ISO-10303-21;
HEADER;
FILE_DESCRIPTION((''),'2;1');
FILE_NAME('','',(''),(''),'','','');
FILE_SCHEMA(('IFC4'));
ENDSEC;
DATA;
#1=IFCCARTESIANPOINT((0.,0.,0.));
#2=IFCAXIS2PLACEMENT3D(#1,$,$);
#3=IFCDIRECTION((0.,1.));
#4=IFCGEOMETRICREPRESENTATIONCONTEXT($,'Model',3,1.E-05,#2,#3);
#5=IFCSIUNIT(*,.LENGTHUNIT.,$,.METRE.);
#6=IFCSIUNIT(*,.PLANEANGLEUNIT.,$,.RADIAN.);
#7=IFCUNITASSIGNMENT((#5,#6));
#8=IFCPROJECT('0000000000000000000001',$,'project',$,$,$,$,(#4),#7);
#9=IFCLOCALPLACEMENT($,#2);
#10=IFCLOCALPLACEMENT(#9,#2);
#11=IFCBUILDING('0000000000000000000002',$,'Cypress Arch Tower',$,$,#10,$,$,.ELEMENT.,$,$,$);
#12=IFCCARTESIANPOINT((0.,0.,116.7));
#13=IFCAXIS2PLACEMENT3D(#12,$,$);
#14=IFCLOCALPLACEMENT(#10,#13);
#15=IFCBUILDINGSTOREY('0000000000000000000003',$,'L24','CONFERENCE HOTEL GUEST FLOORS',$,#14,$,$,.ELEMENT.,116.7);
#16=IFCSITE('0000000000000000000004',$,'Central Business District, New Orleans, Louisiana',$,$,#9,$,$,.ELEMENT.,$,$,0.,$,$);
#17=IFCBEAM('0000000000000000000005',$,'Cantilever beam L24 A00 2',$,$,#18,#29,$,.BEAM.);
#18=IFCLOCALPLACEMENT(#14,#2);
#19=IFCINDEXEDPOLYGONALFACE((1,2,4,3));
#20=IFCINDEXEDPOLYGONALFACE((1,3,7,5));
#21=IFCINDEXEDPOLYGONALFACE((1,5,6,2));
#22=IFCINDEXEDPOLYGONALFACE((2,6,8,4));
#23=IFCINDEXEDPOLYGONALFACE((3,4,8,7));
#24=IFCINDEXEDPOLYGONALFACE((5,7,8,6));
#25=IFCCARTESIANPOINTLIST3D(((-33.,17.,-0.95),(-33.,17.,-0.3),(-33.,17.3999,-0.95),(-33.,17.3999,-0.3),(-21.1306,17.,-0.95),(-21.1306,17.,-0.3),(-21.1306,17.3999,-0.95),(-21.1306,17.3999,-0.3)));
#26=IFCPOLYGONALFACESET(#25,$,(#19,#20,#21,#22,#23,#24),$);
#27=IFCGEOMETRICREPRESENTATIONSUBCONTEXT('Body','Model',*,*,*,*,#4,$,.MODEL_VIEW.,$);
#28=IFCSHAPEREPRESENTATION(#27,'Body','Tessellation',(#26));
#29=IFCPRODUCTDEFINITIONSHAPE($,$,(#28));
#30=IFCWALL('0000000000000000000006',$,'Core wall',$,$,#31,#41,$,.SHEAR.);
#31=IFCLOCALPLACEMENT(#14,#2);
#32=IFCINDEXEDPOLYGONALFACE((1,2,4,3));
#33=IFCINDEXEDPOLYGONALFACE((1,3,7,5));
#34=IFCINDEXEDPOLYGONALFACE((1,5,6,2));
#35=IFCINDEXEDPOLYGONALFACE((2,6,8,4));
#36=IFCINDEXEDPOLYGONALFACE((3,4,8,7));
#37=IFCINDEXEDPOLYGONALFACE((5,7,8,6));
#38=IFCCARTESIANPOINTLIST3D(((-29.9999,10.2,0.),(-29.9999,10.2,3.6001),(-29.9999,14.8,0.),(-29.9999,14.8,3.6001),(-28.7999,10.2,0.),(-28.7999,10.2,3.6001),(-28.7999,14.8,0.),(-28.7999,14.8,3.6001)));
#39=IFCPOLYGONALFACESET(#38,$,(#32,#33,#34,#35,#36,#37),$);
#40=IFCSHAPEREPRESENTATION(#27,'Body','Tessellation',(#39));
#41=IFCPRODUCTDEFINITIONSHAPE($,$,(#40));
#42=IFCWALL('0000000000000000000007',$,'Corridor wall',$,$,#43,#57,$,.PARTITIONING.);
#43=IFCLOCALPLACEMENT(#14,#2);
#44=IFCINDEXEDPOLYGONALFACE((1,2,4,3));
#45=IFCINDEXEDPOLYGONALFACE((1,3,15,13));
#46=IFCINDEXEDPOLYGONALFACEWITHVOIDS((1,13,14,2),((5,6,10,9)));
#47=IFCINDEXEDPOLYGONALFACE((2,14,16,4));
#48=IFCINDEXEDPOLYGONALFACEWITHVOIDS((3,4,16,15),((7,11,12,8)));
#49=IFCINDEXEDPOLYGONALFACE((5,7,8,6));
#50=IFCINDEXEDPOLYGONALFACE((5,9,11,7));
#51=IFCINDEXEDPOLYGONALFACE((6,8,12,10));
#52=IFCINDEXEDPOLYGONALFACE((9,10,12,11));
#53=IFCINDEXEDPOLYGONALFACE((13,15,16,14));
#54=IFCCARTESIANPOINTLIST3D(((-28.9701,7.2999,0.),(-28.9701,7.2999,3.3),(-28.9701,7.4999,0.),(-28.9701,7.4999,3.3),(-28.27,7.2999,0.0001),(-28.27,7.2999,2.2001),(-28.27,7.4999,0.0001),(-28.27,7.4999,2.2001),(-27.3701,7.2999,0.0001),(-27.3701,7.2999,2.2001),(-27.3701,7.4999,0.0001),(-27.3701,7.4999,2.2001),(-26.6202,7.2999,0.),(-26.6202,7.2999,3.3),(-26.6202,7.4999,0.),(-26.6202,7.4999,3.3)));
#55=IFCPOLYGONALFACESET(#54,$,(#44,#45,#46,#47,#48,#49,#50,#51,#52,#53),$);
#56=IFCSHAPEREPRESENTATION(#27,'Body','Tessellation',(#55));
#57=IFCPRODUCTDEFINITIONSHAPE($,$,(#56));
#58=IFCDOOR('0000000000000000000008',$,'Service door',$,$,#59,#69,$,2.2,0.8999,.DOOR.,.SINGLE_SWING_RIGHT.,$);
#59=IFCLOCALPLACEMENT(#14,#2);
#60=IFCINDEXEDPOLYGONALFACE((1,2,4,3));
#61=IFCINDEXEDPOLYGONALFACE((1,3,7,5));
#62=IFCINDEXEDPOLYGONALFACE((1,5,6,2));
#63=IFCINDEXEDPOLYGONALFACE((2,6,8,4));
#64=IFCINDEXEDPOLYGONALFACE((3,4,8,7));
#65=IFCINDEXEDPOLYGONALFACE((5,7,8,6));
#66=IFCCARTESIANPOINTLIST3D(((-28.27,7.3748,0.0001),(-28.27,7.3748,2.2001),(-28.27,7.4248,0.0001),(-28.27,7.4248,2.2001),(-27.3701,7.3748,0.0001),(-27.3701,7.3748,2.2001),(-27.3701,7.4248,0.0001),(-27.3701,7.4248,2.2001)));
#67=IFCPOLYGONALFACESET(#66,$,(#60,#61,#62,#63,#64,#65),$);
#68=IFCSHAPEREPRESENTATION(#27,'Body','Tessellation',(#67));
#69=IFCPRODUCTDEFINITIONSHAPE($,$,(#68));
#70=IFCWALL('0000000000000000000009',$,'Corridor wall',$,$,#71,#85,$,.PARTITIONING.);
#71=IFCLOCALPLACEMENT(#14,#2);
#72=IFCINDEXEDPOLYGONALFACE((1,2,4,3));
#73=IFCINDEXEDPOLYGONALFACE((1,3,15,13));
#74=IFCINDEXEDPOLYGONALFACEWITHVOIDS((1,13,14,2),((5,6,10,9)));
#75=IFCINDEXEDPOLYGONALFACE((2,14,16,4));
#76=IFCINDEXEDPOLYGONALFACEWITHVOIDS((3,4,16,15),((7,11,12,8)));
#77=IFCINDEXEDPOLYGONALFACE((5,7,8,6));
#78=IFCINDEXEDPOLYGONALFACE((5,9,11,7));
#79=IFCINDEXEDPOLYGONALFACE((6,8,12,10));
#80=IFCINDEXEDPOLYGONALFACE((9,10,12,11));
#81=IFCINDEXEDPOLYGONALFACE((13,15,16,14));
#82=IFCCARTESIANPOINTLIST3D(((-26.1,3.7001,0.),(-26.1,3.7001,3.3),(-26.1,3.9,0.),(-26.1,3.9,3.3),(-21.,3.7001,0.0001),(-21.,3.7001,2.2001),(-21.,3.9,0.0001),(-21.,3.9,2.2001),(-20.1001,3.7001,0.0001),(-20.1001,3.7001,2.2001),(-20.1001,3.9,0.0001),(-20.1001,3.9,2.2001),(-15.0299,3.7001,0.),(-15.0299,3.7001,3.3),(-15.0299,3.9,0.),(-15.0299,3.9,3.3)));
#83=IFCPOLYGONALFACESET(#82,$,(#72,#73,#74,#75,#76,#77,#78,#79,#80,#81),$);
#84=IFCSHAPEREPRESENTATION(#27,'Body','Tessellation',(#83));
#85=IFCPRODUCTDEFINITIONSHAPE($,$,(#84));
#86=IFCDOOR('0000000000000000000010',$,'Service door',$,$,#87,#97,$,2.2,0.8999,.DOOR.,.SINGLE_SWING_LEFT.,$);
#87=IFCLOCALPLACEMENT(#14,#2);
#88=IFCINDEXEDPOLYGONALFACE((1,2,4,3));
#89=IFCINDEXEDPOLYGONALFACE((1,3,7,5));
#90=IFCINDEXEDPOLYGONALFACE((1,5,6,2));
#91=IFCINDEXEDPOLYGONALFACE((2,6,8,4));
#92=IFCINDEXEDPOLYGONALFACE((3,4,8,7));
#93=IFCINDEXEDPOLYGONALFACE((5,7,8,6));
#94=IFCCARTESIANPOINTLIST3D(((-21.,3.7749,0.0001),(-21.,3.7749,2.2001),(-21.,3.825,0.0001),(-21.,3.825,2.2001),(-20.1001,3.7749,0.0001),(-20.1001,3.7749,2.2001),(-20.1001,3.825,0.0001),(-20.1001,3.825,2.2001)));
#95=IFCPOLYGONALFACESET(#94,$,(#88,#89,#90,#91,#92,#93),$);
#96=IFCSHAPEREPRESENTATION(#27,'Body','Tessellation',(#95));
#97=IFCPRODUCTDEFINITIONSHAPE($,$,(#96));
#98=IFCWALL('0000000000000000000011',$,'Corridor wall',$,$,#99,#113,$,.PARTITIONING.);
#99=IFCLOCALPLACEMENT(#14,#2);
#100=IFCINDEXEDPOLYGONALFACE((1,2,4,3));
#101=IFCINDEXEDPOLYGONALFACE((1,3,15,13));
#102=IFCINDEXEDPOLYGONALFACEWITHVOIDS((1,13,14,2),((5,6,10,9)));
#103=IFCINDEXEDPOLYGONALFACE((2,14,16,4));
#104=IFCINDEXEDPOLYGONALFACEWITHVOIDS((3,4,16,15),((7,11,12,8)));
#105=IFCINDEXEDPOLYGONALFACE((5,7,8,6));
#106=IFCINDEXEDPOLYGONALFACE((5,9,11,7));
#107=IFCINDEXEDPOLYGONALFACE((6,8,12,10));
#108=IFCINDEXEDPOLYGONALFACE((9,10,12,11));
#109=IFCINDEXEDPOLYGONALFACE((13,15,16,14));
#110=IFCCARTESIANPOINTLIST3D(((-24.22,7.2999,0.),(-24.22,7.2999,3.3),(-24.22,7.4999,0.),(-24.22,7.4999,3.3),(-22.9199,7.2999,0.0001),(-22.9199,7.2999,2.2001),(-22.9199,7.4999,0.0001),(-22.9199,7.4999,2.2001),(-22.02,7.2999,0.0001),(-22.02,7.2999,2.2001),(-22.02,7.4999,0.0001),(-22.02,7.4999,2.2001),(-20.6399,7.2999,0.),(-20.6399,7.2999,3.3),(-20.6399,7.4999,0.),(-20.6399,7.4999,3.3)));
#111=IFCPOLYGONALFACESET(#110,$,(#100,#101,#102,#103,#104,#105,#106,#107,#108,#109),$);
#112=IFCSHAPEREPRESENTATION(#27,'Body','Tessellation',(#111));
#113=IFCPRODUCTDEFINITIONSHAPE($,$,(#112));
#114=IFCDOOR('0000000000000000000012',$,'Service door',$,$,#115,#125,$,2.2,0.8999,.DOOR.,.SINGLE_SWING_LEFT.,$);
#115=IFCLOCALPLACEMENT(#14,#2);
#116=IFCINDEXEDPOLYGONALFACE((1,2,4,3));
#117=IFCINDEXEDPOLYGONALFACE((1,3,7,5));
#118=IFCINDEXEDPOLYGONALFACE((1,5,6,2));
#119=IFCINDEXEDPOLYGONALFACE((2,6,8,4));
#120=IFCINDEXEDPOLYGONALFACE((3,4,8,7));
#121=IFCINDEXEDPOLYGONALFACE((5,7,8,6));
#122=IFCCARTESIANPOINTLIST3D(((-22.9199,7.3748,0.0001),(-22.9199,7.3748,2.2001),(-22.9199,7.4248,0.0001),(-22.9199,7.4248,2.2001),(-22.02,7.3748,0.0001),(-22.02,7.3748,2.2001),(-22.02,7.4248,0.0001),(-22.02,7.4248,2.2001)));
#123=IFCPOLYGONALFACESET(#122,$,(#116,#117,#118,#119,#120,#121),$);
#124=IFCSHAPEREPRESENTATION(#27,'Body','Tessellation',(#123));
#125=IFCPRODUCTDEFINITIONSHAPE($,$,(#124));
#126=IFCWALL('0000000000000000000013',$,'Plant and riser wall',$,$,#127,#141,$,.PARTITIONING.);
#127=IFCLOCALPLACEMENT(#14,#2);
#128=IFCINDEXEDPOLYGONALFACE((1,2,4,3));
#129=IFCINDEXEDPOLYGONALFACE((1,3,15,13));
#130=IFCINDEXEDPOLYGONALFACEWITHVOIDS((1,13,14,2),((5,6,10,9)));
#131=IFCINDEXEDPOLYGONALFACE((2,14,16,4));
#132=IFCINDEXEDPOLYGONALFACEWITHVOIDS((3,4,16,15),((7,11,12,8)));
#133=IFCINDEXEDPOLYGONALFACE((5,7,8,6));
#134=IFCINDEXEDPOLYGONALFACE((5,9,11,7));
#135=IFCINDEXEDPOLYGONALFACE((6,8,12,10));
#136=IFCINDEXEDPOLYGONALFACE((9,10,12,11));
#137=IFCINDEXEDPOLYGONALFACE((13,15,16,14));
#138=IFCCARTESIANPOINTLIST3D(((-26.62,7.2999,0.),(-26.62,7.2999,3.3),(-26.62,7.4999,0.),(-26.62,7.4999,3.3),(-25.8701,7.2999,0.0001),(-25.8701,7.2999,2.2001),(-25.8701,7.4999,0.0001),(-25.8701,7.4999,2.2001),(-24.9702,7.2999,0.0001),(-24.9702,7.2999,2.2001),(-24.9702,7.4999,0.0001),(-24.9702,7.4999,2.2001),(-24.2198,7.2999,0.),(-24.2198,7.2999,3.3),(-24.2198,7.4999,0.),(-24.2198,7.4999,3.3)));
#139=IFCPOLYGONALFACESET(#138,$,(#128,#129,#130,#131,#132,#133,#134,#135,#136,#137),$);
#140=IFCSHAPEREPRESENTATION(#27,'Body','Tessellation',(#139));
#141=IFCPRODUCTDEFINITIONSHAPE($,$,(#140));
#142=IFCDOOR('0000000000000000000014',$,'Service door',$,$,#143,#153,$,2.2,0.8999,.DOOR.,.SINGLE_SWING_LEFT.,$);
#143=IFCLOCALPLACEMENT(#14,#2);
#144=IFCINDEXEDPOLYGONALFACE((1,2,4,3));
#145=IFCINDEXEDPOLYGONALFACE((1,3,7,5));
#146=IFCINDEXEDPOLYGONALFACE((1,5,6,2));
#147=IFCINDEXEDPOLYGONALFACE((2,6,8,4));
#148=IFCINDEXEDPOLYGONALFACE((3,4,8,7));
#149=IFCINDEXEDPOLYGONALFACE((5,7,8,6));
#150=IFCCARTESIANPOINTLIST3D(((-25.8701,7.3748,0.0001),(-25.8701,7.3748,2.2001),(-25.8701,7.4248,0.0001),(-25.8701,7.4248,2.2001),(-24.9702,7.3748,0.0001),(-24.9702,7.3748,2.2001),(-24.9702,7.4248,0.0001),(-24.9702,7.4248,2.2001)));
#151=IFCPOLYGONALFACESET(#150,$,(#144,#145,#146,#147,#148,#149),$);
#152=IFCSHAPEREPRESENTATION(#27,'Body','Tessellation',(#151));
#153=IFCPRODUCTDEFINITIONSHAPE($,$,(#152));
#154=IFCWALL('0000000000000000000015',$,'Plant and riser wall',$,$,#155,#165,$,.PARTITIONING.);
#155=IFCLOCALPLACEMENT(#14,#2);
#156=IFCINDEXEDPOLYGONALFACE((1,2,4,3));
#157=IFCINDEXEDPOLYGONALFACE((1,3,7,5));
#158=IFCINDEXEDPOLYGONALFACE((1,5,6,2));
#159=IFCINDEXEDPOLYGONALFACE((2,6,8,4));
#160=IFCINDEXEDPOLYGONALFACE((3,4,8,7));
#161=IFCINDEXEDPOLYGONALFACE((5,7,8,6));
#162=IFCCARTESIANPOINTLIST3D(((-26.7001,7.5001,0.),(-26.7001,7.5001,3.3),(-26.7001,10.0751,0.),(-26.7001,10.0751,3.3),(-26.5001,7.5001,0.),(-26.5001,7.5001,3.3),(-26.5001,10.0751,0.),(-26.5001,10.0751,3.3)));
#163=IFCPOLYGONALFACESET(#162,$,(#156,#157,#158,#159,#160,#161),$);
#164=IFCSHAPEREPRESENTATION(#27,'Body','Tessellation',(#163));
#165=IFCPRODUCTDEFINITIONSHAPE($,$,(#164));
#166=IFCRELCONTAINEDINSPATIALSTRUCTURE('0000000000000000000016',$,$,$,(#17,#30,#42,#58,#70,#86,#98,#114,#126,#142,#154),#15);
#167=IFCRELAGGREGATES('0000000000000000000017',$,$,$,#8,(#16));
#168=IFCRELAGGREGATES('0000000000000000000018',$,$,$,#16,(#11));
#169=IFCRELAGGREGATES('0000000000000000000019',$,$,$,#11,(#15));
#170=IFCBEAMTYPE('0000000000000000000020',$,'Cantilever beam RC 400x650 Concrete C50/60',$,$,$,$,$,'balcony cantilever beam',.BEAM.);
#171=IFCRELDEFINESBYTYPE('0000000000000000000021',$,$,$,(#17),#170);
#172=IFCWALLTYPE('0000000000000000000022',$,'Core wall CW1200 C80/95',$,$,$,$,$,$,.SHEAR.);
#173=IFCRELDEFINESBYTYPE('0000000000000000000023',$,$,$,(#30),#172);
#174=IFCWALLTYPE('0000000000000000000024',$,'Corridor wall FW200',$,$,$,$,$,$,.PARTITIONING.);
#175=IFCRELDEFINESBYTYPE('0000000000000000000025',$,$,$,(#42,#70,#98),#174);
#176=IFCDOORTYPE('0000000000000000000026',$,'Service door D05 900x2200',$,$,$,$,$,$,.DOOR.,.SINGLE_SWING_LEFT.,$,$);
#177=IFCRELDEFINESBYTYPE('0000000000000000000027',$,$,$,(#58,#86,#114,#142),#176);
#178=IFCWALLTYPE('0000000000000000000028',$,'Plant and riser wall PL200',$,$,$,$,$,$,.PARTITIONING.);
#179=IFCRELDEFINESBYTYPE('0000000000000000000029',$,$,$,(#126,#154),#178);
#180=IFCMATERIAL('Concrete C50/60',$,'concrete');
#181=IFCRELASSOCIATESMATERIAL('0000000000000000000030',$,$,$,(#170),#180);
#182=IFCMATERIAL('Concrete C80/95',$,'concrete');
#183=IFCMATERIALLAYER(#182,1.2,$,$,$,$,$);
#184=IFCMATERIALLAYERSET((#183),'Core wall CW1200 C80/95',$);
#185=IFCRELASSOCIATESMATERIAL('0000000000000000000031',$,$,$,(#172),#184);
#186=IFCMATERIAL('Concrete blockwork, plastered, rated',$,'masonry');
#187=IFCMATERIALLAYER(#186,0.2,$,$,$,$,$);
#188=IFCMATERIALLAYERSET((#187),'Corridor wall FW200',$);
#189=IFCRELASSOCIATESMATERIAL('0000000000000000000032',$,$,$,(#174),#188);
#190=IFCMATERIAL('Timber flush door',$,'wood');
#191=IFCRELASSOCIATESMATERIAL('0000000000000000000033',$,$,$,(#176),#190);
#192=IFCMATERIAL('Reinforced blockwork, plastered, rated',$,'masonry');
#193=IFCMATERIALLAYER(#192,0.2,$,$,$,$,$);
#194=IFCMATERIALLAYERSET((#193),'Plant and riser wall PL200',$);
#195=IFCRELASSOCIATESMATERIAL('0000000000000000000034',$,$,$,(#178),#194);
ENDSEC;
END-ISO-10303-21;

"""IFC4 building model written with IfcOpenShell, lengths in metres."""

from ifc_helpers import new_model, si_unit, direction, frame, frame_2d, origin, origin_2d, place, context, subcontext, project, spatial, rectangle, extrude, material, layer, layer_set, material_profile, profile_set, type_object, element, fill, save


model = new_model("IFC4")

# Units and contexts
model_context = context("Model", 3, precision=1e-05, world=origin(), true_north=direction((0.0, 1.0)))
body_context = subcontext(model_context, "Body", "Model", "MODEL_VIEW")
ifc_project = project(units=[si_unit("LENGTHUNIT", "METRE"), si_unit("PLANEANGLEUNIT", "RADIAN")], contexts=[model_context])

# Site, building, storey
site_placement = place(None, origin())
site = spatial("IfcSite", under=ifc_project, at=site_placement, Name="Central Business District, New Orleans, Louisiana", CompositionType="ELEMENT", RefElevation=0.0)
building_placement = place(site_placement, origin())
building = spatial("IfcBuilding", under=site, at=building_placement, Name="Cypress Arch Tower", CompositionType="ELEMENT")
storey_placement = place(building_placement, frame((0.0, 0.0, 116.7)))
storey = spatial("IfcBuildingStorey", under=building, at=storey_placement, Name="L24", Description="CONFERENCE HOTEL GUEST FLOORS", CompositionType="ELEMENT", Elevation=116.7)

# Beam
ifc_material_1 = material(Name="Concrete C50/60", Category="concrete")
ifc_material_profile = material_profile(ifc_material_1, rectangle(XDim=0.3999, YDim=0.6499, at=origin_2d()), Name="RC 400x650")
ifc_profile_set = profile_set([ifc_material_profile], Name="Concrete C50/60")
beam_type = type_object("IfcBeamType", Name="Cantilever beam RC 400x650 Concrete C50/60", ElementType="balcony cantilever beam", PredefinedType="BEAM", material=ifc_profile_set)
beam_placement = place(storey_placement, frame((-21.1306, 17.2, -0.625), z_axis=(-1.0, 0.0, 0.0), x_axis=(0.0, -1.0, 0.0)))
element("IfcBeam", 1, at=beam_placement, inside=storey, type_object=beam_type, Name="Cantilever beam L24 A00 2", PredefinedType="BEAM", context=body_context, shape_type="SweptSolid", body=[
    extrude(rectangle(XDim=0.3999, YDim=0.6499, at=origin_2d()), origin(), (0.0, 0.0, 1.0), 11.8694),
])

# Shared definitions
ifc_material_2 = material(Name="Concrete C80/95", Category="concrete")
ifc_layer_1 = layer(ifc_material_2, 1.2)
ifc_layer_set_1 = layer_set([ifc_layer_1], Name="Core wall CW1200 C80/95")
wall_type_1 = type_object("IfcWallType", Name="Core wall CW1200 C80/95", PredefinedType="SHEAR", material=ifc_layer_set_1)

# Wall
wall_1_placement = place(storey_placement, frame((-29.3999, 10.2, 0.0), z_axis=(0.0, 0.0, 1.0), x_axis=(0.0, 1.0, 0.0)))
element("IfcWall", 2, at=wall_1_placement, inside=storey, type_object=wall_type_1, Name="Core wall", PredefinedType="SHEAR", context=body_context, shape_type="SweptSolid", body=[
    extrude(rectangle(XDim=4.6001, YDim=1.2, at=frame_2d((2.3, 0.0))), origin(), (0.0, 0.0, 1.0), 3.6001),
])

# Walls, openings, doors
ifc_material_3 = material(Name="Concrete blockwork, plastered, rated", Category="masonry")
ifc_layer_2 = layer(ifc_material_3, 0.2)
ifc_layer_set_2 = layer_set([ifc_layer_2], Name="Corridor wall FW200")
wall_type_2 = type_object("IfcWallType", Name="Corridor wall FW200", PredefinedType="PARTITIONING", material=ifc_layer_set_2)
wall_2_placement = place(storey_placement, frame((-28.97, 7.3999, 0.0), z_axis=(0.0, 0.0, 1.0), x_axis=(1.0, 0.0, 0.0)))
wall_2 = element("IfcWall", 3, at=wall_2_placement, inside=storey, type_object=wall_type_2, Name="Corridor wall", PredefinedType="PARTITIONING", context=body_context, shape_type="SweptSolid", body=[
    extrude(rectangle(XDim=2.3499, YDim=0.2, at=frame_2d((1.1748, 0.0))), origin(), (0.0, 0.0, 1.0), 3.3),
])
opening_1_placement = place(wall_2_placement, frame((0.7, 0.0, 0.0)))
opening_1 = element("IfcOpeningElement", 4, at=opening_1_placement, cuts=wall_2, PredefinedType="OPENING", context=body_context, shape_type="SweptSolid", body=[
    extrude(rectangle(XDim=0.8999, YDim=2.2, at=frame_2d((0.45, 1.1001))), frame((0.0, 0.1099, 0.0), z_axis=(0.0, -1.0, 0.0), x_axis=(1.0, 0.0, 0.0)), (0.0, 0.0, 1.0), 0.22),
])
ifc_material_4 = material(Name="Timber flush door", Category="wood")
door_type_1 = type_object("IfcDoorType", Name="Service door D05 900x2200", OperationType="SINGLE_SWING_LEFT", PredefinedType="DOOR", material=ifc_material_4)
door_1_placement = place(opening_1_placement, origin())
door_1 = element("IfcDoor", 5, at=door_1_placement, inside=storey, type_object=door_type_1, Name="Service door", OperationType="SINGLE_SWING_RIGHT", OverallHeight=2.2, OverallWidth=0.8999, PredefinedType="DOOR", context=body_context, shape_type="SweptSolid", body=[
    extrude(rectangle(XDim=0.8999, YDim=2.2, at=frame_2d((0.45, 1.1001))), frame((0.0, 0.0249, 0.0), z_axis=(0.0, -1.0, 0.0), x_axis=(1.0, 0.0, 0.0)), (0.0, 0.0, 1.0), 0.05),
])
fill(opening_1, door_1)
wall_3_placement = place(storey_placement, frame((-26.1001, 3.8, 0.0), z_axis=(0.0, 0.0, 1.0), x_axis=(1.0, 0.0, 0.0)))
wall_3 = element("IfcWall", 6, at=wall_3_placement, inside=storey, type_object=wall_type_2, Name="Corridor wall", PredefinedType="PARTITIONING", context=body_context, shape_type="SweptSolid", body=[
    extrude(rectangle(XDim=11.0701, YDim=0.2, at=frame_2d((5.5352, 0.0))), origin(), (0.0, 0.0, 1.0), 3.3),
])
opening_2_placement = place(wall_3_placement, frame((5.1001, 0.0, 0.0)))
opening_2 = element("IfcOpeningElement", 7, at=opening_2_placement, cuts=wall_3, PredefinedType="OPENING", context=body_context, shape_type="SweptSolid", body=[
    extrude(rectangle(XDim=0.8999, YDim=2.2, at=frame_2d((0.45, 1.1001))), frame((0.0, 0.1099, 0.0), z_axis=(0.0, -1.0, 0.0), x_axis=(1.0, 0.0, 0.0)), (0.0, 0.0, 1.0), 0.22),
])
door_2_placement = place(opening_2_placement, origin())
door_2 = element("IfcDoor", 8, at=door_2_placement, inside=storey, type_object=door_type_1, Name="Service door", OperationType="SINGLE_SWING_LEFT", OverallHeight=2.2, OverallWidth=0.8999, PredefinedType="DOOR", context=body_context, shape_type="SweptSolid", body=[
    extrude(rectangle(XDim=0.8999, YDim=2.2, at=frame_2d((0.45, 1.1001))), frame((0.0, 0.0249, 0.0), z_axis=(0.0, -1.0, 0.0), x_axis=(1.0, 0.0, 0.0)), (0.0, 0.0, 1.0), 0.05),
])
fill(opening_2, door_2)
wall_4_placement = place(storey_placement, frame((-24.22, 7.3999, 0.0), z_axis=(0.0, 0.0, 1.0), x_axis=(1.0, 0.0, 0.0)))
wall_4 = element("IfcWall", 9, at=wall_4_placement, inside=storey, type_object=wall_type_2, Name="Corridor wall", PredefinedType="PARTITIONING", context=body_context, shape_type="SweptSolid", body=[
    extrude(rectangle(XDim=3.5801, YDim=0.2, at=frame_2d((1.79, 0.0))), origin(), (0.0, 0.0, 1.0), 3.3),
])
opening_3_placement = place(wall_4_placement, frame((1.3, 0.0, 0.0)))
opening_3 = element("IfcOpeningElement", 10, at=opening_3_placement, cuts=wall_4, PredefinedType="OPENING", context=body_context, shape_type="SweptSolid", body=[
    extrude(rectangle(XDim=0.8999, YDim=2.2, at=frame_2d((0.45, 1.1001))), frame((0.0, 0.1099, 0.0), z_axis=(0.0, -1.0, 0.0), x_axis=(1.0, 0.0, 0.0)), (0.0, 0.0, 1.0), 0.22),
])
door_3_placement = place(opening_3_placement, origin())
door_3 = element("IfcDoor", 11, at=door_3_placement, inside=storey, type_object=door_type_1, Name="Service door", OperationType="SINGLE_SWING_LEFT", OverallHeight=2.2, OverallWidth=0.8999, PredefinedType="DOOR", context=body_context, shape_type="SweptSolid", body=[
    extrude(rectangle(XDim=0.8999, YDim=2.2, at=frame_2d((0.45, 1.1001))), frame((0.0, 0.0249, 0.0), z_axis=(0.0, -1.0, 0.0), x_axis=(1.0, 0.0, 0.0)), (0.0, 0.0, 1.0), 0.05),
])
fill(opening_3, door_3)
ifc_material_5 = material(Name="Reinforced blockwork, plastered, rated", Category="masonry")
ifc_layer_3 = layer(ifc_material_5, 0.2)
ifc_layer_set_3 = layer_set([ifc_layer_3], Name="Plant and riser wall PL200")
wall_type_3 = type_object("IfcWallType", Name="Plant and riser wall PL200", PredefinedType="PARTITIONING", material=ifc_layer_set_3)
wall_5_placement = place(storey_placement, frame((-26.6201, 7.3999, 0.0), z_axis=(0.0, 0.0, 1.0), x_axis=(1.0, 0.0, 0.0)))
wall_5 = element("IfcWall", 12, at=wall_5_placement, inside=storey, type_object=wall_type_3, Name="Plant and riser wall", PredefinedType="PARTITIONING", context=body_context, shape_type="SweptSolid", body=[
    extrude(rectangle(XDim=2.4001, YDim=0.2, at=frame_2d((1.2002, 0.0))), origin(), (0.0, 0.0, 1.0), 3.3),
])
opening_4_placement = place(wall_5_placement, frame((0.75, 0.0, 0.0)))
opening_4 = element("IfcOpeningElement", 13, at=opening_4_placement, cuts=wall_5, PredefinedType="OPENING", context=body_context, shape_type="SweptSolid", body=[
    extrude(rectangle(XDim=0.8999, YDim=2.2, at=frame_2d((0.45, 1.1001))), frame((0.0, 0.1099, 0.0), z_axis=(0.0, -1.0, 0.0), x_axis=(1.0, 0.0, 0.0)), (0.0, 0.0, 1.0), 0.22),
])
door_4_placement = place(opening_4_placement, origin())
door_4 = element("IfcDoor", 14, at=door_4_placement, inside=storey, type_object=door_type_1, Name="Service door", OperationType="SINGLE_SWING_LEFT", OverallHeight=2.2, OverallWidth=0.8999, PredefinedType="DOOR", context=body_context, shape_type="SweptSolid", body=[
    extrude(rectangle(XDim=0.8999, YDim=2.2, at=frame_2d((0.45, 1.1001))), frame((0.0, 0.0249, 0.0), z_axis=(0.0, -1.0, 0.0), x_axis=(1.0, 0.0, 0.0)), (0.0, 0.0, 1.0), 0.05),
])
fill(opening_4, door_4)

# Wall
wall_6_placement = place(storey_placement, frame((-26.6001, 7.5, 0.0), z_axis=(0.0, 0.0, 1.0), x_axis=(0.0, 1.0, 0.0)))
element("IfcWall", 15, at=wall_6_placement, inside=storey, type_object=wall_type_3, Name="Plant and riser wall", PredefinedType="PARTITIONING", context=body_context, shape_type="SweptSolid", body=[
    extrude(rectangle(XDim=2.575, YDim=0.2, at=frame_2d((1.2876, 0.0))), origin(), (0.0, 0.0, 1.0), 3.3),
])

save(model, "model.ifc")
